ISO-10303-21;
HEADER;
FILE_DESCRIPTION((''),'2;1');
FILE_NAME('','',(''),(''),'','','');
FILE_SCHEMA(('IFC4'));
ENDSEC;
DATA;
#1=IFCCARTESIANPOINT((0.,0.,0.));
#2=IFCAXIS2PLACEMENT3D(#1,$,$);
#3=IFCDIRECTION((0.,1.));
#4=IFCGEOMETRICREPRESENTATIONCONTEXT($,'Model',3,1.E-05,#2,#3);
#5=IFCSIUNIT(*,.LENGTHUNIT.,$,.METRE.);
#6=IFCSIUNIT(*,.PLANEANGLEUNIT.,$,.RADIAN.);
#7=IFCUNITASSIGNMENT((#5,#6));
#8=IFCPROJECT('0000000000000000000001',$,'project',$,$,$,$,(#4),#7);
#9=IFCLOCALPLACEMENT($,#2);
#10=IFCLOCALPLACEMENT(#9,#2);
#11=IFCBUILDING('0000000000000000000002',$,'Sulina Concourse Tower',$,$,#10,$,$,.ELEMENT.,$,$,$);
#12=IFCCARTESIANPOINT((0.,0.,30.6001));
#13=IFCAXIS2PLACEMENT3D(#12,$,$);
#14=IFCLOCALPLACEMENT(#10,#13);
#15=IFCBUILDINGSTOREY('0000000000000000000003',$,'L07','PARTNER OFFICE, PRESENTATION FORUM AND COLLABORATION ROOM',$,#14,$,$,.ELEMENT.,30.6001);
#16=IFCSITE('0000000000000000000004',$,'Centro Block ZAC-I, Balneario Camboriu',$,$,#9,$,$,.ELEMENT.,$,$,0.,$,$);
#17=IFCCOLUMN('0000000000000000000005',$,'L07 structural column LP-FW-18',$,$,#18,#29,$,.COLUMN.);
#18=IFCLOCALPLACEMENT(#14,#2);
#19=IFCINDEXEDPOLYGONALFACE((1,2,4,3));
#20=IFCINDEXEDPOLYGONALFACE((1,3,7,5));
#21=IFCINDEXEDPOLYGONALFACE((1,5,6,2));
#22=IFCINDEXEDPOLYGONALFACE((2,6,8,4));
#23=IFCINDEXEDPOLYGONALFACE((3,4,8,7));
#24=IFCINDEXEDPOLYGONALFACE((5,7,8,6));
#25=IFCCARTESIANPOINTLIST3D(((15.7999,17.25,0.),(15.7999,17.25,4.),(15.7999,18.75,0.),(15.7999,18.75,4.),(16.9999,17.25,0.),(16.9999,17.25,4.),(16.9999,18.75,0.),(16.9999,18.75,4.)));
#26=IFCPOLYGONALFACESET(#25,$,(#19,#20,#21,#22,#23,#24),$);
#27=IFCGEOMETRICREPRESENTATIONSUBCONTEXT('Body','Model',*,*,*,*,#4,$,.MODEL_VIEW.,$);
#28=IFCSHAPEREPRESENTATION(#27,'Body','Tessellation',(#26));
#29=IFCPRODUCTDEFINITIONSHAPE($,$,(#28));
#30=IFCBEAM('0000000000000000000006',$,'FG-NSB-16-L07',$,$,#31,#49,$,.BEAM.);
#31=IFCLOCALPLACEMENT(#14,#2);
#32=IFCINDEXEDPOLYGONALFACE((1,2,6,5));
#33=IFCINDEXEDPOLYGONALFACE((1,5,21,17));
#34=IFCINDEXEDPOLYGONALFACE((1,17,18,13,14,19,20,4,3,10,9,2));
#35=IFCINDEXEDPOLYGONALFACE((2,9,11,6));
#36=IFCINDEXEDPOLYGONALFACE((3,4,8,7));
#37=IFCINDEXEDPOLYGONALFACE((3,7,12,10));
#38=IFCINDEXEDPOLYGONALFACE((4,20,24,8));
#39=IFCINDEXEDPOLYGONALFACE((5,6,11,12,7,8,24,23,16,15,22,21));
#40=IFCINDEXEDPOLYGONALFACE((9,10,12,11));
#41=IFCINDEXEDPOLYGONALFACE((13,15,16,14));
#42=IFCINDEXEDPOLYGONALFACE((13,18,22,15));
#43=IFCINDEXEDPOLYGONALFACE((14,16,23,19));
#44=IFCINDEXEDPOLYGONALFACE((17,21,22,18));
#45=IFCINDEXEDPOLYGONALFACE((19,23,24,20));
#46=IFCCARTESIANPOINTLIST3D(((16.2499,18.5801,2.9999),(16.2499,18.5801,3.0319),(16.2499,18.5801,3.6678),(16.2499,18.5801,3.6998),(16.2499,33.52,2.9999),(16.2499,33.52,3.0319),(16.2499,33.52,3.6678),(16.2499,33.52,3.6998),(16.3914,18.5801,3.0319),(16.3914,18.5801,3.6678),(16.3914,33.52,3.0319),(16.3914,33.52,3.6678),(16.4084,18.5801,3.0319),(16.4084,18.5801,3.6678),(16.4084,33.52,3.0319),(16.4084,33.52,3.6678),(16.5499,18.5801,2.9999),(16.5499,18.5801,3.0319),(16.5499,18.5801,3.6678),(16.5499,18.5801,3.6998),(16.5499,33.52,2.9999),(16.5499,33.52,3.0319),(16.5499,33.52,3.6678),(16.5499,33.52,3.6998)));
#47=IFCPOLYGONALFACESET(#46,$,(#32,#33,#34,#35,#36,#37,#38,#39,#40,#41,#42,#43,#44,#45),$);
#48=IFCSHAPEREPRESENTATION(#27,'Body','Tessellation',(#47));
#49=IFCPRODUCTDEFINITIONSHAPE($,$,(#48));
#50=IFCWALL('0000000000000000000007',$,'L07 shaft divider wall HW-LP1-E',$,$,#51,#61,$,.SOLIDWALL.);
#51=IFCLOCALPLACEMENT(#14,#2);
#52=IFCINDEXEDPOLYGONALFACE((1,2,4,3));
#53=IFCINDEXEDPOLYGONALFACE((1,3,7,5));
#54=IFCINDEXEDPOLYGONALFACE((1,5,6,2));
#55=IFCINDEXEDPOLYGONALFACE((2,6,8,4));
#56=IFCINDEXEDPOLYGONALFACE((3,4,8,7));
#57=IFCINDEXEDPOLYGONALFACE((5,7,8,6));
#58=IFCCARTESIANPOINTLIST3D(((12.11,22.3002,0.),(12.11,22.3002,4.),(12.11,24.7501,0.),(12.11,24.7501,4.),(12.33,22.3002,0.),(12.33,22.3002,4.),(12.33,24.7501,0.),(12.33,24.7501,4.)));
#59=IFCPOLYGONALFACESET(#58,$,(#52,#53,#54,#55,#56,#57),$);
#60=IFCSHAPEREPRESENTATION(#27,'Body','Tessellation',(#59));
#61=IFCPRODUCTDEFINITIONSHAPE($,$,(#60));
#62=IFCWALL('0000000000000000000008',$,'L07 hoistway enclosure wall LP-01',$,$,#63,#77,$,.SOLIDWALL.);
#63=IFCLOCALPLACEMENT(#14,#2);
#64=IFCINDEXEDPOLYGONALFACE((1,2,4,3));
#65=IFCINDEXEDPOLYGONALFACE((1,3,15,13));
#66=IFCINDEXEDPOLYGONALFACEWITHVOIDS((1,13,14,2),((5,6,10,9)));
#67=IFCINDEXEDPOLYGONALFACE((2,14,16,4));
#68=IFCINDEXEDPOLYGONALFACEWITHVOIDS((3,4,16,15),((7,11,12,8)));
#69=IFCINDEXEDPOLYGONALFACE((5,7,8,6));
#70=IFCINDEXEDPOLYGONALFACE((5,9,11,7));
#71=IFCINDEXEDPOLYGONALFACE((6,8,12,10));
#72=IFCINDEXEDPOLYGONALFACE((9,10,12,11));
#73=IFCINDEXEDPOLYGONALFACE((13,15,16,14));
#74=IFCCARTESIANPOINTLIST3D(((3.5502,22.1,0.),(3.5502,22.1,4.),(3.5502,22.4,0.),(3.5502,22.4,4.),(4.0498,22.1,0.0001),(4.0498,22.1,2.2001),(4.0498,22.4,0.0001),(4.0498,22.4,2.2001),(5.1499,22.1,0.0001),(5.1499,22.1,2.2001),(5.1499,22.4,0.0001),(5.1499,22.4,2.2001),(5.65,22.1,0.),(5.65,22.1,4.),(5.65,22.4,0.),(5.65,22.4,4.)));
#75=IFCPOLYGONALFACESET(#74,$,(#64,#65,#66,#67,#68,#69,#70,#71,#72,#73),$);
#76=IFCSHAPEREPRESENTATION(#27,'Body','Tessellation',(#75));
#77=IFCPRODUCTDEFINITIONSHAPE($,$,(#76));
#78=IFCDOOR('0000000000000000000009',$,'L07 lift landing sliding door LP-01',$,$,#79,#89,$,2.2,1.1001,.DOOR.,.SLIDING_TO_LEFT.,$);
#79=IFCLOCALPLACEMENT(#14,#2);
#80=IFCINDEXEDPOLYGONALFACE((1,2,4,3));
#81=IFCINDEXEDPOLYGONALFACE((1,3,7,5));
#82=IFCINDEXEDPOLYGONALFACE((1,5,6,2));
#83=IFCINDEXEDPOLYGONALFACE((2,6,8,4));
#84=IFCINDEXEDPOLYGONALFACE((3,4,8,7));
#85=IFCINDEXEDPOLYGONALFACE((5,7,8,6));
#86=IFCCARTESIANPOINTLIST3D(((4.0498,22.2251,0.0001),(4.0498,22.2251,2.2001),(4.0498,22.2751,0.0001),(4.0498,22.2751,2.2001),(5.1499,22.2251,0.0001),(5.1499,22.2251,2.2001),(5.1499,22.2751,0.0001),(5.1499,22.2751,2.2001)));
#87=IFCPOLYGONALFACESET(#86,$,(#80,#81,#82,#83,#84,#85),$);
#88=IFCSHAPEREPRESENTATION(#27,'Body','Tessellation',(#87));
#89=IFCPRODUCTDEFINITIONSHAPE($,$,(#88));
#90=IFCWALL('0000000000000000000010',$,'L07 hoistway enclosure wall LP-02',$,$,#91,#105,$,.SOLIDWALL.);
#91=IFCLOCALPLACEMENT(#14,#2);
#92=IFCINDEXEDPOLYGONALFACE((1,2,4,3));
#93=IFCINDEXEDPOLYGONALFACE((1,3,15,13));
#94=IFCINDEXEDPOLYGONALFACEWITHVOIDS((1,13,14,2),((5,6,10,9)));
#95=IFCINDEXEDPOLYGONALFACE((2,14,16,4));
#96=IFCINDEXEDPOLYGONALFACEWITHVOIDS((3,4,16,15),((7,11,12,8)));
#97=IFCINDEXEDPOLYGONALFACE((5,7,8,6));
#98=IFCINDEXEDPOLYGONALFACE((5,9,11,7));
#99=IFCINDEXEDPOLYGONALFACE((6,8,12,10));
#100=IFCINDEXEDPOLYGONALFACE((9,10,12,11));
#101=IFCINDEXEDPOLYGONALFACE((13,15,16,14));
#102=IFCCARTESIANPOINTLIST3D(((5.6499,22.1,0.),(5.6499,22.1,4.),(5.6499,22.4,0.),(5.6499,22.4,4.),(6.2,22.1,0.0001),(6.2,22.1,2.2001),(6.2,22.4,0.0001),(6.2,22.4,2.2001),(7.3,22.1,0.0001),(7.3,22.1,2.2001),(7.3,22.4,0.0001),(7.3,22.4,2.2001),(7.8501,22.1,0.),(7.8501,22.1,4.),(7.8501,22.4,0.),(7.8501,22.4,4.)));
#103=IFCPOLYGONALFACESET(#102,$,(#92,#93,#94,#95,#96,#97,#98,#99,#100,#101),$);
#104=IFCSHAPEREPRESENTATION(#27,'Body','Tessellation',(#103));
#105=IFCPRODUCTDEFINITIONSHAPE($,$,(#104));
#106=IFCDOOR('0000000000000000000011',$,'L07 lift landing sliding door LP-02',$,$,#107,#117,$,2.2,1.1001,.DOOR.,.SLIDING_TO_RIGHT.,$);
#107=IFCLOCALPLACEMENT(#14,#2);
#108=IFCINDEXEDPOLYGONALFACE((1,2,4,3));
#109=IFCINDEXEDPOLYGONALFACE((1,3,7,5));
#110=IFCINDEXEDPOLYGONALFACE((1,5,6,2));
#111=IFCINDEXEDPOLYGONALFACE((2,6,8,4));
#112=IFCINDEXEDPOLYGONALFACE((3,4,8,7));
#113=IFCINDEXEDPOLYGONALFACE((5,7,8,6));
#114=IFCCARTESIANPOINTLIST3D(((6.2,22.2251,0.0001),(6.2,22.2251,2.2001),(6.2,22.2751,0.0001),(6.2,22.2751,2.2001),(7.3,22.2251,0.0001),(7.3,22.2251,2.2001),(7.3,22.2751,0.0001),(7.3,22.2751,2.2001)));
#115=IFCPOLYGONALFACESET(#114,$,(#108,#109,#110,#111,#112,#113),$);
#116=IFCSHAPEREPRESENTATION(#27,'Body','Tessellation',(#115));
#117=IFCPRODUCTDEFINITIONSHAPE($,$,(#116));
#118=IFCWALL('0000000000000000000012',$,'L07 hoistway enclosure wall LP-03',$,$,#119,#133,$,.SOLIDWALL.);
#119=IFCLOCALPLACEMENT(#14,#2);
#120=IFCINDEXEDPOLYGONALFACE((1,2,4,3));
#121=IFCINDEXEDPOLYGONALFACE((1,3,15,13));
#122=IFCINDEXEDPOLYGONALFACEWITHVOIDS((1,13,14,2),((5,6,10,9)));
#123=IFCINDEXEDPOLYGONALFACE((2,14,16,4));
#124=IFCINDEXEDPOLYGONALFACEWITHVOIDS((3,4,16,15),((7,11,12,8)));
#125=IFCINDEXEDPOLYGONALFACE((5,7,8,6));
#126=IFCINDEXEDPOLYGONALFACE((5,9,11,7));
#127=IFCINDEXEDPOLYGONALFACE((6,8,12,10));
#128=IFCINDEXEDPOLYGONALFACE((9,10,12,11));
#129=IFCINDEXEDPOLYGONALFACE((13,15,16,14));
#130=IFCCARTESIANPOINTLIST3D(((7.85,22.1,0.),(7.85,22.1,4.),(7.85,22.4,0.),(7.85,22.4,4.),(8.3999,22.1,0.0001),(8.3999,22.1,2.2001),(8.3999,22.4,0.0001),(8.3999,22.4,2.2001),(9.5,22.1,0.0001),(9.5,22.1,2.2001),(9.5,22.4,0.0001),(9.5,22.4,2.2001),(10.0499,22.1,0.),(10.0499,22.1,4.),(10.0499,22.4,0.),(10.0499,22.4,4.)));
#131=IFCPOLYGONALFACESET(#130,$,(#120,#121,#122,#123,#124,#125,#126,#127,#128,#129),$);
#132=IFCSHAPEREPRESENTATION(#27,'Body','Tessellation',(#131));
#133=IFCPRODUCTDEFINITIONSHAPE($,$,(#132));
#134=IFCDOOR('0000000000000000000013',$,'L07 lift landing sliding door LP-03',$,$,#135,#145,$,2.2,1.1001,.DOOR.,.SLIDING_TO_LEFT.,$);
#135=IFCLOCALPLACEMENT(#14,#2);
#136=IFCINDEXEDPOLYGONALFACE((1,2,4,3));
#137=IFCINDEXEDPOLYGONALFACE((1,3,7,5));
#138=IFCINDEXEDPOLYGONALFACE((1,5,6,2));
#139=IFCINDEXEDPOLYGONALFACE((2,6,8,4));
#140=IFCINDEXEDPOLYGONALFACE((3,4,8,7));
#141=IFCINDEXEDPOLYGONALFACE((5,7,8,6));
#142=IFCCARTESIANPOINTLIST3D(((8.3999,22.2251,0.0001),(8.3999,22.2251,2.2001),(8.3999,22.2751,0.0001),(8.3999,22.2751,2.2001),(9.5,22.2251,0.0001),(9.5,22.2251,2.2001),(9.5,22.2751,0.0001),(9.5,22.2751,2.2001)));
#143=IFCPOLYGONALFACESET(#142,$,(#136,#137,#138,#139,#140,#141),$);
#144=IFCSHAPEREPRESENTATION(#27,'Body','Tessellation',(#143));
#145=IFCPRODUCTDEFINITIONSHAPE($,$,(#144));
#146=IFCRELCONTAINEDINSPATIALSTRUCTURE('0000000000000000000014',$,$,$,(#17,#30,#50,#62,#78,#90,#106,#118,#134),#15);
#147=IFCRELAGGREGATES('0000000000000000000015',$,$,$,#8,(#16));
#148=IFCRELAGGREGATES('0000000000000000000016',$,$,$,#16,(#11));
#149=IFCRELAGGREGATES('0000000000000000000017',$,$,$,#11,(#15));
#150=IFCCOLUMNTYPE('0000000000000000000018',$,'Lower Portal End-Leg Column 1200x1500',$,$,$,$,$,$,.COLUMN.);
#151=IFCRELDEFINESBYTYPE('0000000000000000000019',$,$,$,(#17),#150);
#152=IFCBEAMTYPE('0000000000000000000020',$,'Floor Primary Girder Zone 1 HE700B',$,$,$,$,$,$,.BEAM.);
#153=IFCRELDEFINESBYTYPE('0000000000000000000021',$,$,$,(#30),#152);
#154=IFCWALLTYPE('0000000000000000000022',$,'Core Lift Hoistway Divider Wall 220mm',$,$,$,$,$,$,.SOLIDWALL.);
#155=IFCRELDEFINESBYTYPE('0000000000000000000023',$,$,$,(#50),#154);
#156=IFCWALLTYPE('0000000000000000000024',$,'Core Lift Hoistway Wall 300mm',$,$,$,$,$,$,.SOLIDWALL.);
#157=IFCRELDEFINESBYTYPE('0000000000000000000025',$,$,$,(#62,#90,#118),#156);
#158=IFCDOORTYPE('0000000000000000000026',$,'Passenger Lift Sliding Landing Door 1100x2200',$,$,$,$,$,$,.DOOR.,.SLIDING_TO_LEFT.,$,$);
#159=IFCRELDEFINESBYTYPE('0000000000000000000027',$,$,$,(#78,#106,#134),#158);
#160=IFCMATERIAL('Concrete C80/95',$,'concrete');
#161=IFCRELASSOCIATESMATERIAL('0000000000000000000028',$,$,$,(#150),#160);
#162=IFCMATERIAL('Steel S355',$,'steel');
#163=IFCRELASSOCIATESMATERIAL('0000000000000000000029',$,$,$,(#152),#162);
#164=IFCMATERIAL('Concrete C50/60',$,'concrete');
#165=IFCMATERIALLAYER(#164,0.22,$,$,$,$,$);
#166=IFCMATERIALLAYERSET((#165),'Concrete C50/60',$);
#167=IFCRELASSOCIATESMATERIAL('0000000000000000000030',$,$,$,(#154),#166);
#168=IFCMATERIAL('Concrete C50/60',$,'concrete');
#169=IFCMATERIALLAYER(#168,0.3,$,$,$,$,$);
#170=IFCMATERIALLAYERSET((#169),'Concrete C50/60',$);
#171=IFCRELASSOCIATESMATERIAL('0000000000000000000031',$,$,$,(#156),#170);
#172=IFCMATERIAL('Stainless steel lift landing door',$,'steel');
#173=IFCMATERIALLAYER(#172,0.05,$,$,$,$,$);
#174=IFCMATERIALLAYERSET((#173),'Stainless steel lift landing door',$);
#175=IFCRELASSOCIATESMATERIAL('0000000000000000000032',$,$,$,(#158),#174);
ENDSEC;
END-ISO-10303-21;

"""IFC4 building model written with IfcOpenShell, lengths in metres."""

from ifc_helpers import new_model, si_unit, direction, frame, frame_2d, origin, origin_2d, place, context, subcontext, project, spatial, rectangle, i_section, extrude, material, layer, layer_set, material_profile, profile_set, type_object, element, fill, save


model = new_model("IFC4")

# Units and contexts
model_context = context("Model", 3, precision=1e-05, world=origin(), true_north=direction((0.0, 1.0)))
body_context = subcontext(model_context, "Body", "Model", "MODEL_VIEW")
ifc_project = project(units=[si_unit("LENGTHUNIT", "METRE"), si_unit("PLANEANGLEUNIT", "RADIAN")], contexts=[model_context])

# Site, building, storey
site_placement = place(None, origin())
site = spatial("IfcSite", under=ifc_project, at=site_placement, Name="Centro Block ZAC-I, Balneario Camboriu", CompositionType="ELEMENT", RefElevation=0.0)
building_placement = place(site_placement, origin())
building = spatial("IfcBuilding", under=site, at=building_placement, Name="Sulina Concourse Tower", CompositionType="ELEMENT")
storey_placement = place(building_placement, frame((0.0, 0.0, 30.6001)))
storey = spatial("IfcBuildingStorey", under=building, at=storey_placement, Name="L07", Description="PARTNER OFFICE, PRESENTATION FORUM AND COLLABORATION ROOM", CompositionType="ELEMENT", Elevation=30.6001)

# Column
ifc_material_1 = material(Name="Concrete C80/95", Category="concrete")
ifc_material_profile_1 = material_profile(ifc_material_1, rectangle(XDim=1.2, YDim=1.5, at=origin_2d()), Name="RC 1200x1500")
ifc_profile_set_1 = profile_set([ifc_material_profile_1], Name="Concrete C80/95")
column_type = type_object("IfcColumnType", Name="Lower Portal End-Leg Column 1200x1500", PredefinedType="COLUMN", material=ifc_profile_set_1)
column_placement = place(storey_placement, frame((16.3999, 18.0, 0.0), z_axis=(0.0, 0.0, 1.0), x_axis=(1.0, 0.0, 0.0)))
element("IfcColumn", 1, at=column_placement, inside=storey, type_object=column_type, Name="L07 structural column LP-FW-18", PredefinedType="COLUMN", context=body_context, shape_type="SweptSolid", body=[
    extrude(rectangle(XDim=1.2, YDim=1.5, at=origin_2d()), origin(), (0.0, 0.0, 1.0), 4.0),
])

# Beam
ifc_material_2 = material(Name="Steel S355", Category="steel")
ifc_material_profile_2 = material_profile(ifc_material_2, i_section(OverallWidth=0.3, OverallDepth=0.7, WebThickness=0.0171, FlangeThickness=0.032, at=origin_2d()), Name="HE 700 B")
ifc_profile_set_2 = profile_set([ifc_material_profile_2], Name="Steel S355")
beam_type = type_object("IfcBeamType", Name="Floor Primary Girder Zone 1 HE700B", PredefinedType="BEAM", material=ifc_profile_set_2)
beam_placement = place(storey_placement, frame((16.3999, 18.5801, 3.3499), z_axis=(0.0, 1.0, 0.0), x_axis=(-1.0, 0.0, 0.0)))
element("IfcBeam", 2, at=beam_placement, inside=storey, type_object=beam_type, Name="FG-NSB-16-L07", PredefinedType="BEAM", context=body_context, shape_type="SweptSolid", body=[
    extrude(i_section(OverallWidth=0.3, OverallDepth=0.7, WebThickness=0.0171, FlangeThickness=0.032, at=origin_2d()), origin(), (0.0, 0.0, 1.0), 14.9399),
])

# Wall
ifc_material_3 = material(Name="Concrete C50/60", Category="concrete")
ifc_layer_1 = layer(ifc_material_3, 0.22)
ifc_layer_set_1 = layer_set([ifc_layer_1], Name="Concrete C50/60")
wall_type_1 = type_object("IfcWallType", Name="Core Lift Hoistway Divider Wall 220mm", PredefinedType="SOLIDWALL", material=ifc_layer_set_1)
wall_1_placement = place(storey_placement, frame((12.22, 22.3, 0.0), z_axis=(0.0, 0.0, 1.0), x_axis=(0.0, 1.0, 0.0)))
element("IfcWall", 3, at=wall_1_placement, inside=storey, type_object=wall_type_1, Name="L07 shaft divider wall HW-LP1-E", PredefinedType="SOLIDWALL", context=body_context, shape_type="SweptSolid", body=[
    extrude(rectangle(XDim=2.45, YDim=0.22, at=frame_2d((1.2251, 0.0))), origin(), (0.0, 0.0, 1.0), 4.0),
])

# Walls, openings, doors
ifc_material_4 = material(Name="Concrete C50/60", Category="concrete")
ifc_layer_2 = layer(ifc_material_4, 0.3)
ifc_layer_set_2 = layer_set([ifc_layer_2], Name="Concrete C50/60")
wall_type_2 = type_object("IfcWallType", Name="Core Lift Hoistway Wall 300mm", PredefinedType="SOLIDWALL", material=ifc_layer_set_2)
wall_2_placement = place(storey_placement, frame((5.6499, 22.25, 0.0), z_axis=(0.0, 0.0, 1.0), x_axis=(-1.0, 0.0, 0.0)))
wall_2 = element("IfcWall", 4, at=wall_2_placement, inside=storey, type_object=wall_type_2, Name="L07 hoistway enclosure wall LP-01", PredefinedType="SOLIDWALL", context=body_context, shape_type="SweptSolid", body=[
    extrude(rectangle(XDim=2.0999, YDim=0.3, at=frame_2d((1.0498, 0.0))), origin(), (0.0, 0.0, 1.0), 4.0),
])
opening_1_placement = place(wall_2_placement, frame((0.5, 0.0, 0.0)))
opening_1 = element("IfcOpeningElement", 5, at=opening_1_placement, cuts=wall_2, PredefinedType="OPENING", context=body_context, shape_type="SweptSolid", body=[
    extrude(rectangle(XDim=1.1001, YDim=2.2, at=frame_2d((0.55, 1.1001))), frame((0.0, 0.1599, 0.0), z_axis=(0.0, -1.0, 0.0), x_axis=(1.0, 0.0, 0.0)), (0.0, 0.0, 1.0), 0.3201),
])
ifc_material_5 = material(Name="Stainless steel lift landing door", Category="steel")
ifc_layer_3 = layer(ifc_material_5, 0.05)
ifc_layer_set_3 = layer_set([ifc_layer_3], Name="Stainless steel lift landing door")
door_type_1 = type_object("IfcDoorType", Name="Passenger Lift Sliding Landing Door 1100x2200", OperationType="SLIDING_TO_LEFT", PredefinedType="DOOR", material=ifc_layer_set_3)
door_1_placement = place(opening_1_placement, origin())
door_1 = element("IfcDoor", 6, at=door_1_placement, inside=storey, type_object=door_type_1, Name="L07 lift landing sliding door LP-01", OperationType="SLIDING_TO_LEFT", OverallHeight=2.2, OverallWidth=1.1001, PredefinedType="DOOR", context=body_context, shape_type="SweptSolid", body=[
    extrude(rectangle(XDim=1.1001, YDim=2.2, at=frame_2d((0.55, 1.1001))), frame((0.0, 0.0249, 0.0), z_axis=(0.0, -1.0, 0.0), x_axis=(1.0, 0.0, 0.0)), (0.0, 0.0, 1.0), 0.05),
])
fill(opening_1, door_1)
wall_3_placement = place(storey_placement, frame((7.8501, 22.25, 0.0), z_axis=(0.0, 0.0, 1.0), x_axis=(-1.0, 0.0, 0.0)))
wall_3 = element("IfcWall", 7, at=wall_3_placement, inside=storey, type_object=wall_type_2, Name="L07 hoistway enclosure wall LP-02", PredefinedType="SOLIDWALL", context=body_context, shape_type="SweptSolid", body=[
    extrude(rectangle(XDim=2.2002, YDim=0.3, at=frame_2d((1.1001, 0.0))), origin(), (0.0, 0.0, 1.0), 4.0),
])
opening_2_placement = place(wall_3_placement, frame((0.55, 0.0, 0.0)))
opening_2 = element("IfcOpeningElement", 8, at=opening_2_placement, cuts=wall_3, PredefinedType="OPENING", context=body_context, shape_type="SweptSolid", body=[
    extrude(rectangle(XDim=1.1001, YDim=2.2, at=frame_2d((0.55, 1.1001))), frame((0.0, 0.1599, 0.0), z_axis=(0.0, -1.0, 0.0), x_axis=(1.0, 0.0, 0.0)), (0.0, 0.0, 1.0), 0.3201),
])
door_2_placement = place(opening_2_placement, origin())
door_2 = element("IfcDoor", 9, at=door_2_placement, inside=storey, type_object=door_type_1, Name="L07 lift landing sliding door LP-02", OperationType="SLIDING_TO_RIGHT", OverallHeight=2.2, OverallWidth=1.1001, PredefinedType="DOOR", context=body_context, shape_type="SweptSolid", body=[
    extrude(rectangle(XDim=1.1001, YDim=2.2, at=frame_2d((0.55, 1.1001))), frame((0.0, 0.0249, 0.0), z_axis=(0.0, -1.0, 0.0), x_axis=(1.0, 0.0, 0.0)), (0.0, 0.0, 1.0), 0.05),
])
fill(opening_2, door_2)
wall_4_placement = place(storey_placement, frame((10.05, 22.25, 0.0), z_axis=(0.0, 0.0, 1.0), x_axis=(-1.0, 0.0, 0.0)))
wall_4 = element("IfcWall", 10, at=wall_4_placement, inside=storey, type_object=wall_type_2, Name="L07 hoistway enclosure wall LP-03", PredefinedType="SOLIDWALL", context=body_context, shape_type="SweptSolid", body=[
    extrude(rectangle(XDim=2.2, YDim=0.3, at=frame_2d((1.1001, 0.0))), origin(), (0.0, 0.0, 1.0), 4.0),
])
opening_3_placement = place(wall_4_placement, frame((0.55, 0.0, 0.0)))
opening_3 = element("IfcOpeningElement", 11, at=opening_3_placement, cuts=wall_4, PredefinedType="OPENING", context=body_context, shape_type="SweptSolid", body=[
    extrude(rectangle(XDim=1.1001, YDim=2.2, at=frame_2d((0.55, 1.1001))), frame((0.0, 0.1599, 0.0), z_axis=(0.0, -1.0, 0.0), x_axis=(1.0, 0.0, 0.0)), (0.0, 0.0, 1.0), 0.3201),
])
door_3_placement = place(opening_3_placement, origin())
door_3 = element("IfcDoor", 12, at=door_3_placement, inside=storey, type_object=door_type_1, Name="L07 lift landing sliding door LP-03", OperationType="SLIDING_TO_LEFT", OverallHeight=2.2, OverallWidth=1.1001, PredefinedType="DOOR", context=body_context, shape_type="SweptSolid", body=[
    extrude(rectangle(XDim=1.1001, YDim=2.2, at=frame_2d((0.55, 1.1001))), frame((0.0, 0.0249, 0.0), z_axis=(0.0, -1.0, 0.0), x_axis=(1.0, 0.0, 0.0)), (0.0, 0.0, 1.0), 0.05),
])
fill(opening_3, door_3)

save(model, "model.ifc")
